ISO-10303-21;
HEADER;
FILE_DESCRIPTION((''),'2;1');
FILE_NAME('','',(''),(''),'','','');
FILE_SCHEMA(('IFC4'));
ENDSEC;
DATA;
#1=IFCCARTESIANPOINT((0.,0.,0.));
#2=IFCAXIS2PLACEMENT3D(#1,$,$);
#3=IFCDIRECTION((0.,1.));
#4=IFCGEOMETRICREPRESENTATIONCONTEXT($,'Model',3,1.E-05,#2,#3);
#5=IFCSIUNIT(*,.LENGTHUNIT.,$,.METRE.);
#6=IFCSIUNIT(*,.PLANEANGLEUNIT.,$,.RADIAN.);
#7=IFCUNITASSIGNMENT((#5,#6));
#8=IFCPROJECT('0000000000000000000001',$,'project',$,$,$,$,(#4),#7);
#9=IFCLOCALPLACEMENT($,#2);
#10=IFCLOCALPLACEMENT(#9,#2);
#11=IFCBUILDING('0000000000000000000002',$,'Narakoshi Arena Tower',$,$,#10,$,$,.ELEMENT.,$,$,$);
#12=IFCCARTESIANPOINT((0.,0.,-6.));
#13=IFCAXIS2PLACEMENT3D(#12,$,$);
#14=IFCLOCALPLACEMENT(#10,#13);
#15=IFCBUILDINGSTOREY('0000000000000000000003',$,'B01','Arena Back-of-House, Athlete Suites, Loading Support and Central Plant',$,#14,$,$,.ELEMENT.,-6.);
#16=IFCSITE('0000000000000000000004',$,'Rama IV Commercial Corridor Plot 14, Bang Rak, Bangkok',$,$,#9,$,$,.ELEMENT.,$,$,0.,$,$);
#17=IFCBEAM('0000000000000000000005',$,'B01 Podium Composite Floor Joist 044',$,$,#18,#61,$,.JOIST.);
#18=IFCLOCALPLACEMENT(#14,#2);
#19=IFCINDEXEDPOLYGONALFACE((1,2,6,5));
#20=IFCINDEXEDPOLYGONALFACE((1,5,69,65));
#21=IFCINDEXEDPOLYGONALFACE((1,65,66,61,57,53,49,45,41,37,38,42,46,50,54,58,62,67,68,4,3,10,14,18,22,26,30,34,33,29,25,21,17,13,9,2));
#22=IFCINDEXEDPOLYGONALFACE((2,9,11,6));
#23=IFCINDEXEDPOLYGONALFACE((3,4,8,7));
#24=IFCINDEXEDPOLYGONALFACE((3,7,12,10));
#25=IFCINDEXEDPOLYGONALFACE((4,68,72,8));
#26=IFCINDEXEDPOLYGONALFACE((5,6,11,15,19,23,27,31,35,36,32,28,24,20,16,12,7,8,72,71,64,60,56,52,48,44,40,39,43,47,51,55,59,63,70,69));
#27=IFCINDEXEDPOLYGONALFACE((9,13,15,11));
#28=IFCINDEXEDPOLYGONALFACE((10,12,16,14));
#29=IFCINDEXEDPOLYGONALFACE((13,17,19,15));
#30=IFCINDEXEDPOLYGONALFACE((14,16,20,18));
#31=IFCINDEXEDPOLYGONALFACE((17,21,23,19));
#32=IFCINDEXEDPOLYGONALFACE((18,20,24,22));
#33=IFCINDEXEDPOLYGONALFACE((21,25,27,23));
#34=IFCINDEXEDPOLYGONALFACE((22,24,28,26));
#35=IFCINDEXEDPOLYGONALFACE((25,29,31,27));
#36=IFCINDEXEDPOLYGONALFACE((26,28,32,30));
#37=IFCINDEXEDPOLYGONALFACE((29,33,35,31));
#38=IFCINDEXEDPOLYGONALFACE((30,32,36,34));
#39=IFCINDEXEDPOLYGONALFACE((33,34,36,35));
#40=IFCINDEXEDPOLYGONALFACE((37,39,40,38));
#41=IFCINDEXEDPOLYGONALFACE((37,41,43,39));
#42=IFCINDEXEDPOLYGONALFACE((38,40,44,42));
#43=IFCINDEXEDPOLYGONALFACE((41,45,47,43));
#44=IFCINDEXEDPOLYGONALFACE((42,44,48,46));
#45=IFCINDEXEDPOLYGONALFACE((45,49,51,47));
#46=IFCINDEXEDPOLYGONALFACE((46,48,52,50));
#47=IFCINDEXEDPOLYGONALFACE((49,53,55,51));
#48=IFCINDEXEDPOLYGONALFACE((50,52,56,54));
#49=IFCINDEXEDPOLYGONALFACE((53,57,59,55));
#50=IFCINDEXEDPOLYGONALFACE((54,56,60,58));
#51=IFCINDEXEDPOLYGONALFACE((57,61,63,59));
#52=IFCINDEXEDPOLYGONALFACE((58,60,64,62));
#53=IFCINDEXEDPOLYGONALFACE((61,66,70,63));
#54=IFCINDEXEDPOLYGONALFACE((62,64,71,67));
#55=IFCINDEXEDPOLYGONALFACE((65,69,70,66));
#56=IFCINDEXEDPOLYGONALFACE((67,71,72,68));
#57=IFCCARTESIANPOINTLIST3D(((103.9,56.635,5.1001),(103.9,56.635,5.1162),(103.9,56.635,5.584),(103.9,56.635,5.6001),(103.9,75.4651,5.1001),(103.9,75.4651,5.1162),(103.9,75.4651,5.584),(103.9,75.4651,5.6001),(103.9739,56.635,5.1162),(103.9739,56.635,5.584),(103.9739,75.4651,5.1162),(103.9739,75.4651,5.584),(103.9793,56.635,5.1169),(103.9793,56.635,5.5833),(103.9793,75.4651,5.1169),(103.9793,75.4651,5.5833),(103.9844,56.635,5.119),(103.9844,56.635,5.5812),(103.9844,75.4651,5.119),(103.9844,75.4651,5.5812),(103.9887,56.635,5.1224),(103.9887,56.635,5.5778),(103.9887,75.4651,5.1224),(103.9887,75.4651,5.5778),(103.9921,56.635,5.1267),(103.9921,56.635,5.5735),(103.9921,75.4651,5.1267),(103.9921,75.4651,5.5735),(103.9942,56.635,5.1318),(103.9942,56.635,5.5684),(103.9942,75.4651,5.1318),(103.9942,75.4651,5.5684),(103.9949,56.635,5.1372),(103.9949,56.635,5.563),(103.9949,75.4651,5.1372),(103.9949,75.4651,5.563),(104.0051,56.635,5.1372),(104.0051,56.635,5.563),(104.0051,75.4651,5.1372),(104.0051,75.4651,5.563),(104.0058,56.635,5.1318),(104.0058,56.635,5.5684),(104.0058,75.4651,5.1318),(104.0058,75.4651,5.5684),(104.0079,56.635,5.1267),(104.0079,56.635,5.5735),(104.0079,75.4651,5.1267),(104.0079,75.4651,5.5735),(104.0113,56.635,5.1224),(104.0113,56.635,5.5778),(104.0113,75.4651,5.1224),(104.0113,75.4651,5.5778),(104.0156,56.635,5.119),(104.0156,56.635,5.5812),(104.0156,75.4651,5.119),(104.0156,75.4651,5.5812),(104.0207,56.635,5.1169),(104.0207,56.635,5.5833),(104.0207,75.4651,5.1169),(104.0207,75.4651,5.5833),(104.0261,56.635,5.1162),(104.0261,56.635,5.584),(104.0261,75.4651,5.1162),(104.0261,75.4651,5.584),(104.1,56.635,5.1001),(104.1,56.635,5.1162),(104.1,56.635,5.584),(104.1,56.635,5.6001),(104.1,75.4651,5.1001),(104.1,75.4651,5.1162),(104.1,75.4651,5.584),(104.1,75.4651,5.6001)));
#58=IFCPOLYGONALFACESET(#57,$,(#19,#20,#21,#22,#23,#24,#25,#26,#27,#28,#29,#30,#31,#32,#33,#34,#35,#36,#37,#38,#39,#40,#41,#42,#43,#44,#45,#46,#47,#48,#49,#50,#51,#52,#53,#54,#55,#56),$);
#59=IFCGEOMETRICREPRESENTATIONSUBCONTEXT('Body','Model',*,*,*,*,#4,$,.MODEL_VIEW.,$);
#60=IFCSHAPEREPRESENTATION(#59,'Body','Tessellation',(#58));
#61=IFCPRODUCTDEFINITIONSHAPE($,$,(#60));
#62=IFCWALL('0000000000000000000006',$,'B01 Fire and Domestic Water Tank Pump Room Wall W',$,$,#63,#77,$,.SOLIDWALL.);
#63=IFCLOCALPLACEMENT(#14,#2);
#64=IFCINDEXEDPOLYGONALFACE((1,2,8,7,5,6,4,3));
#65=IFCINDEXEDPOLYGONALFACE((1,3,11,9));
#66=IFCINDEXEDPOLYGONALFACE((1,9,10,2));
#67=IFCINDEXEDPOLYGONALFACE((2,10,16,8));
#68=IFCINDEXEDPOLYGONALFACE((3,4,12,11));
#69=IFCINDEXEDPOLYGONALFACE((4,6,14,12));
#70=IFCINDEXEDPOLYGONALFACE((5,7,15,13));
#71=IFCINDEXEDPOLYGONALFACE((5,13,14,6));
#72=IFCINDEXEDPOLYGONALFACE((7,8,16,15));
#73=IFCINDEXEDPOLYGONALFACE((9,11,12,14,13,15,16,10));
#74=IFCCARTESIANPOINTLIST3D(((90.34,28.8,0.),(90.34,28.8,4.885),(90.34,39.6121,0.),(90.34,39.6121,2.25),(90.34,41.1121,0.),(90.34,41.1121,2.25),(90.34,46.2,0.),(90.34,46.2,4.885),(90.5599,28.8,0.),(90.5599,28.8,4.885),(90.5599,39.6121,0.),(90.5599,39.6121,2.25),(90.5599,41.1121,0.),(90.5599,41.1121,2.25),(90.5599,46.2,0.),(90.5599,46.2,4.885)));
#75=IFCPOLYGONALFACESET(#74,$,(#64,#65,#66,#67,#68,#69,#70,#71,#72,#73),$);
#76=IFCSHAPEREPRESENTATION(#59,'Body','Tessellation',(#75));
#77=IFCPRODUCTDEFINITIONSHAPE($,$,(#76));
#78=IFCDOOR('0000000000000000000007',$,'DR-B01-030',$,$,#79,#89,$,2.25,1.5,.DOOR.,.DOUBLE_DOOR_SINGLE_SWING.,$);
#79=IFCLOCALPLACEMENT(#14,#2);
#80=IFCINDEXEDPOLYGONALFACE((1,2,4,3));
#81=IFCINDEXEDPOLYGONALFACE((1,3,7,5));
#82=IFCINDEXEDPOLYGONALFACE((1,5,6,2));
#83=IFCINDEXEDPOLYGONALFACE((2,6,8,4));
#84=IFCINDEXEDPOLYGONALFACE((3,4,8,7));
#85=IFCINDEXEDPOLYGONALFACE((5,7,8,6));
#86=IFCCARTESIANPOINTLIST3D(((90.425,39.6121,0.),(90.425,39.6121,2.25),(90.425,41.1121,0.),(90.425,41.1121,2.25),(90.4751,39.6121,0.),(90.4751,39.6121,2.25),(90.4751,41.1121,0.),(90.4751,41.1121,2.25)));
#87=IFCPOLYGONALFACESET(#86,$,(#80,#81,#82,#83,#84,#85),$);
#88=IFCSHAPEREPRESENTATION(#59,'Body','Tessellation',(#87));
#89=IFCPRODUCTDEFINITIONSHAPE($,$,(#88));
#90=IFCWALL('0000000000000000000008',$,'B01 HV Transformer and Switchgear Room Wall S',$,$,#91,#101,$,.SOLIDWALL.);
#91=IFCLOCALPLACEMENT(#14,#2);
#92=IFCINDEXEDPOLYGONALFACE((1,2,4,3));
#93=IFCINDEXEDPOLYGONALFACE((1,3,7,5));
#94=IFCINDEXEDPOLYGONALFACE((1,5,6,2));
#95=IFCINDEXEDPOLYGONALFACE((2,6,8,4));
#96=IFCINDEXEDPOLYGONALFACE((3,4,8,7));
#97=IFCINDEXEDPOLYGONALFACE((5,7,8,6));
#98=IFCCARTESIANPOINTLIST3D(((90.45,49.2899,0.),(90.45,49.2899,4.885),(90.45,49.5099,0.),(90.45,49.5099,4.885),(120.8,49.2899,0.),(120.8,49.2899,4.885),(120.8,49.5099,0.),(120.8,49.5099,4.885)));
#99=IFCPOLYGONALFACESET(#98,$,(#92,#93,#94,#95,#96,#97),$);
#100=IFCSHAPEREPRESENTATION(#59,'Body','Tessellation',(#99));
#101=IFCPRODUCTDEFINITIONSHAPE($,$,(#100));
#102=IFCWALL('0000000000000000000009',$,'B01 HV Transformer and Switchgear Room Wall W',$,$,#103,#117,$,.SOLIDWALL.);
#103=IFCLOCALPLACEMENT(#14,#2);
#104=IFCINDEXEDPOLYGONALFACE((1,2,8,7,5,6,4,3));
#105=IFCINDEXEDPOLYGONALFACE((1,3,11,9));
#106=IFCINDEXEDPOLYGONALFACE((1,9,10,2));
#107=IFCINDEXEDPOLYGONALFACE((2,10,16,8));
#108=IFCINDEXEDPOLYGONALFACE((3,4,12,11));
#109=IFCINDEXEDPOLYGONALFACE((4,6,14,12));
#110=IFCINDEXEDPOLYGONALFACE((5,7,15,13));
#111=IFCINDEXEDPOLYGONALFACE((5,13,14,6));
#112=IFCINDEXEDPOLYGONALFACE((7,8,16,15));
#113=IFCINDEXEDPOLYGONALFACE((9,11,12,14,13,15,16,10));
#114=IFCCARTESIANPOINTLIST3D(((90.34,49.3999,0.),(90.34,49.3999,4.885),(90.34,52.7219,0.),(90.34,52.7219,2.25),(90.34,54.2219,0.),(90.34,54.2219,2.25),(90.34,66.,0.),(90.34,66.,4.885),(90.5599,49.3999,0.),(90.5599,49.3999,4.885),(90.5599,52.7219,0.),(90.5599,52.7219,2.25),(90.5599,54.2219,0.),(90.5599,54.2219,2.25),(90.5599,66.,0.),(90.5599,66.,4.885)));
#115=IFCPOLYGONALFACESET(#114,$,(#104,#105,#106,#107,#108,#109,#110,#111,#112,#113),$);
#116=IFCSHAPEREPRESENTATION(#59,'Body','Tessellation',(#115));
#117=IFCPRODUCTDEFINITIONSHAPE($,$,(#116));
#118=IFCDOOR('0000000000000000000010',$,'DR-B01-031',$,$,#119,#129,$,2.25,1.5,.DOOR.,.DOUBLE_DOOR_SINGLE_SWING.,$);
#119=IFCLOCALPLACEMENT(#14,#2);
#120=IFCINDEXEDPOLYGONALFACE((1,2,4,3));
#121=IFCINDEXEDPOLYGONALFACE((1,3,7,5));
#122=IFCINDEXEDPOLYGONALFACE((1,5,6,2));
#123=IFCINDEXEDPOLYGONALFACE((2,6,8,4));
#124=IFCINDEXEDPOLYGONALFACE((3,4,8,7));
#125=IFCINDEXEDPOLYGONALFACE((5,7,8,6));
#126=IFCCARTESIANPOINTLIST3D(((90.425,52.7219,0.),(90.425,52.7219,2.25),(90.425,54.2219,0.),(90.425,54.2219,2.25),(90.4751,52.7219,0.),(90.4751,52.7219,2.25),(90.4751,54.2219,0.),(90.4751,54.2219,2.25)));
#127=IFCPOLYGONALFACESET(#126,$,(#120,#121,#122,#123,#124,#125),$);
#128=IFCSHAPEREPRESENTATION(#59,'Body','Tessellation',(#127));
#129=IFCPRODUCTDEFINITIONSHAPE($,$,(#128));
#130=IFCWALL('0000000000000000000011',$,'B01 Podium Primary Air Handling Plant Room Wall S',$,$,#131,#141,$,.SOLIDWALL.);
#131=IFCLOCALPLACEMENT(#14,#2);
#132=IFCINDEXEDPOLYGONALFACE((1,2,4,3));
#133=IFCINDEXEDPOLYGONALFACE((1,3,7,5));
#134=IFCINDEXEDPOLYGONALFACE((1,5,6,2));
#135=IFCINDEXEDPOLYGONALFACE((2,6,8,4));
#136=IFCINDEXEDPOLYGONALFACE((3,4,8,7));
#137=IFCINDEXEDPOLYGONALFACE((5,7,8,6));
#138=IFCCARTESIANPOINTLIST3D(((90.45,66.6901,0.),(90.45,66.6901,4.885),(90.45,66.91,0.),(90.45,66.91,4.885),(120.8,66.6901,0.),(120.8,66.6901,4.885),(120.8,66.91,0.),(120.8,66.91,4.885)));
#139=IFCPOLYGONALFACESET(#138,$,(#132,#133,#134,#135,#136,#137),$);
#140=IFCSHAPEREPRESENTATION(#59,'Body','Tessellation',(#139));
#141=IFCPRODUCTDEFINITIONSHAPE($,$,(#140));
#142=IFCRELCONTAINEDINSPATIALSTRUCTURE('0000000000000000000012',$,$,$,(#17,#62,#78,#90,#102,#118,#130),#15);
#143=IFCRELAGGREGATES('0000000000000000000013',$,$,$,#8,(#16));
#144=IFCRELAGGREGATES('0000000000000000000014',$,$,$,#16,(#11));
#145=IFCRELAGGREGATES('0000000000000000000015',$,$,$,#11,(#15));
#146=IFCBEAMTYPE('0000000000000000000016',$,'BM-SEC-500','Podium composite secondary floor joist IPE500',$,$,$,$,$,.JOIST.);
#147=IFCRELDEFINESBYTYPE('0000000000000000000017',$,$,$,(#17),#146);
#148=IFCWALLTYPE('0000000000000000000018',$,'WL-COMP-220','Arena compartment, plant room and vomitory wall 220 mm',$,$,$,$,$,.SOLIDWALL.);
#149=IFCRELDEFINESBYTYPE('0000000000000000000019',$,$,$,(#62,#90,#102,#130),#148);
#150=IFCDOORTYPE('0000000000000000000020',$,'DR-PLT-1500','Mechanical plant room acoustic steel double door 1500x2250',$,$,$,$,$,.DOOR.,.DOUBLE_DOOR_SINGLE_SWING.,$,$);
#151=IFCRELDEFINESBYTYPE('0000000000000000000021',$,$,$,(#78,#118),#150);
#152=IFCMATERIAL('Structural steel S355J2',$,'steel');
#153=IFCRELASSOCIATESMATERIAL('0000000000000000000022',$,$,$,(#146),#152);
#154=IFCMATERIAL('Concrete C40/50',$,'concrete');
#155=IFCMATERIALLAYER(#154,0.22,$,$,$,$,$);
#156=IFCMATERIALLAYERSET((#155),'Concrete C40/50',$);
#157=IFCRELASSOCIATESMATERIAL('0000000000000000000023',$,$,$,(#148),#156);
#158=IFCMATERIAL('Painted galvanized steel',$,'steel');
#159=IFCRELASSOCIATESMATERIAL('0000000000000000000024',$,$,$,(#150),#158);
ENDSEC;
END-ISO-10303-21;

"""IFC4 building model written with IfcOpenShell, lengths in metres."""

from ifc_helpers import new_model, si_unit, direction, frame, frame_2d, origin, origin_2d, place, context, subcontext, project, spatial, rectangle, i_section, extrude, material, layer, layer_set, material_profile, profile_set, type_object, element, fill, save


model = new_model("IFC4")

# Units and contexts
model_context = context("Model", 3, precision=1e-05, world=origin(), true_north=direction((0.0, 1.0)))
body_context = subcontext(model_context, "Body", "Model", "MODEL_VIEW")
ifc_project = project(units=[si_unit("LENGTHUNIT", "METRE"), si_unit("PLANEANGLEUNIT", "RADIAN")], contexts=[model_context])

# Site, building, storey
site_placement = place(None, origin())
site = spatial("IfcSite", under=ifc_project, at=site_placement, Name="Rama IV Commercial Corridor Plot 14, Bang Rak, Bangkok", CompositionType="ELEMENT", RefElevation=0.0)
building_placement = place(site_placement, origin())
building = spatial("IfcBuilding", under=site, at=building_placement, Name="Narakoshi Arena Tower", CompositionType="ELEMENT")
storey_placement = place(building_placement, frame((0.0, 0.0, -6.0)))
storey = spatial("IfcBuildingStorey", under=building, at=storey_placement, Name="B01", Description="Arena Back-of-House, Athlete Suites, Loading Support and Central Plant", CompositionType="ELEMENT", Elevation=-6.0)

# Beam
ifc_material_1 = material(Name="Structural steel S355J2", Category="steel")
ifc_material_profile_1 = material_profile(ifc_material_1, i_section(OverallWidth=0.2, OverallDepth=0.5, WebThickness=0.0103, FlangeThickness=0.0161, FilletRadius=0.021, at=origin_2d()), Name="IPE500")
ifc_profile_set_1 = profile_set([ifc_material_profile_1], Name="Structural steel S355J2")
beam_type_1 = type_object("IfcBeamType", Name="BM-SEC-500", Description="Podium composite secondary floor joist IPE500", PredefinedType="JOIST", material=ifc_profile_set_1)
beam_1_placement = place(storey_placement, frame((104.0, 56.635, 5.3501), z_axis=(0.0, 1.0, 0.0), x_axis=(-1.0, 0.0, 0.0)))
element("IfcBeam", 1, at=beam_1_placement, inside=storey, type_object=beam_type_1, Name="B01 Podium Composite Floor Joist 044", PredefinedType="JOIST", context=body_context, shape_type="SweptSolid", body=[
    extrude(i_section(OverallWidth=0.2, OverallDepth=0.5, WebThickness=0.0103, FlangeThickness=0.0161, FilletRadius=0.021, at=origin_2d()), origin(), (0.0, 0.0, 1.0), 18.8301),
])

# Wall, opening, door
ifc_material_2 = material(Name="Concrete C40/50", Category="concrete")
ifc_layer = layer(ifc_material_2, 0.22)
ifc_layer_set = layer_set([ifc_layer], Name="Concrete C40/50")
wall_type = type_object("IfcWallType", Name="WL-COMP-220", Description="Arena compartment, plant room and vomitory wall 220 mm", PredefinedType="SOLIDWALL", material=ifc_layer_set)
wall_1_placement = place(storey_placement, frame((90.45, 46.2, 0.0), z_axis=(0.0, 0.0, 1.0), x_axis=(0.0, -1.0, 0.0)))
wall_1 = element("IfcWall", 2, at=wall_1_placement, inside=storey, type_object=wall_type, Name="B01 Fire and Domestic Water Tank Pump Room Wall W", PredefinedType="SOLIDWALL", context=body_context, shape_type="SweptSolid", body=[
    extrude(rectangle(XDim=17.3999, YDim=0.22, at=frame_2d((8.7, 0.0))), origin(), (0.0, 0.0, 1.0), 4.885),
])
opening_1_placement = place(wall_1_placement, frame((5.0879, 0.0, 0.0)))
opening_1 = element("IfcOpeningElement", 3, at=opening_1_placement, cuts=wall_1, PredefinedType="OPENING", context=body_context, shape_type="SweptSolid", body=[
    extrude(rectangle(XDim=1.5, YDim=2.25, at=frame_2d((0.75, 1.125))), frame((0.0, 0.1199, 0.0), z_axis=(0.0, -1.0, 0.0), x_axis=(1.0, 0.0, 0.0)), (0.0, 0.0, 1.0), 0.24),
])
ifc_material_3 = material(Name="Painted galvanized steel", Category="steel")
door_type = type_object("IfcDoorType", Name="DR-PLT-1500", Description="Mechanical plant room acoustic steel double door 1500x2250", OperationType="DOUBLE_DOOR_SINGLE_SWING", PredefinedType="DOOR", material=ifc_material_3)
door_1_placement = place(opening_1_placement, frame((1.5, 0.0, 0.0), z_axis=(0.0, 0.0, 1.0), x_axis=(-1.0, 0.0, 0.0)))
door_1 = element("IfcDoor", 4, at=door_1_placement, inside=storey, type_object=door_type, Name="DR-B01-030", OperationType="DOUBLE_DOOR_SINGLE_SWING", OverallHeight=2.25, OverallWidth=1.5, PredefinedType="DOOR", context=body_context, shape_type="SweptSolid", body=[
    extrude(rectangle(XDim=1.5, YDim=2.25, at=frame_2d((0.75, 1.125))), frame((0.0, 0.0249, 0.0), z_axis=(0.0, -1.0, 0.0), x_axis=(1.0, 0.0, 0.0)), (0.0, 0.0, 1.0), 0.05),
])
fill(opening_1, door_1)

# Wall
wall_2_placement = place(storey_placement, frame((90.45, 49.3999, 0.0), z_axis=(0.0, 0.0, 1.0), x_axis=(1.0, 0.0, 0.0)))
element("IfcWall", 5, at=wall_2_placement, inside=storey, type_object=wall_type, Name="B01 HV Transformer and Switchgear Room Wall S", PredefinedType="SOLIDWALL", context=body_context, shape_type="SweptSolid", body=[
    extrude(rectangle(XDim=30.3501, YDim=0.22, at=frame_2d((15.175, 0.0))), origin(), (0.0, 0.0, 1.0), 4.885),
])

# Wall, opening, door
wall_3_placement = place(storey_placement, frame((90.45, 66.0, 0.0), z_axis=(0.0, 0.0, 1.0), x_axis=(0.0, -1.0, 0.0)))
wall_3 = element("IfcWall", 6, at=wall_3_placement, inside=storey, type_object=wall_type, Name="B01 HV Transformer and Switchgear Room Wall W", PredefinedType="SOLIDWALL", context=body_context, shape_type="SweptSolid", body=[
    extrude(rectangle(XDim=16.6001, YDim=0.22, at=frame_2d((8.3, 0.0))), origin(), (0.0, 0.0, 1.0), 4.885),
])
opening_2_placement = place(wall_3_placement, frame((11.7781, 0.0, 0.0)))
opening_2 = element("IfcOpeningElement", 7, at=opening_2_placement, cuts=wall_3, PredefinedType="OPENING", context=body_context, shape_type="SweptSolid", body=[
    extrude(rectangle(XDim=1.5, YDim=2.25, at=frame_2d((0.75, 1.125))), frame((0.0, 0.1199, 0.0), z_axis=(0.0, -1.0, 0.0), x_axis=(1.0, 0.0, 0.0)), (0.0, 0.0, 1.0), 0.24),
])
door_2_placement = place(opening_2_placement, frame((1.5, 0.0, 0.0), z_axis=(0.0, 0.0, 1.0), x_axis=(-1.0, 0.0, 0.0)))
door_2 = element("IfcDoor", 8, at=door_2_placement, inside=storey, type_object=door_type, Name="DR-B01-031", OperationType="DOUBLE_DOOR_SINGLE_SWING", OverallHeight=2.25, OverallWidth=1.5, PredefinedType="DOOR", context=body_context, shape_type="SweptSolid", body=[
    extrude(rectangle(XDim=1.5, YDim=2.25, at=frame_2d((0.75, 1.125))), frame((0.0, 0.0249, 0.0), z_axis=(0.0, -1.0, 0.0), x_axis=(1.0, 0.0, 0.0)), (0.0, 0.0, 1.0), 0.05),
])
fill(opening_2, door_2)

# Wall
wall_4_placement = place(storey_placement, frame((90.45, 66.8, 0.0), z_axis=(0.0, 0.0, 1.0), x_axis=(1.0, 0.0, 0.0)))
element("IfcWall", 9, at=wall_4_placement, inside=storey, type_object=wall_type, Name="B01 Podium Primary Air Handling Plant Room Wall S", PredefinedType="SOLIDWALL", context=body_context, shape_type="SweptSolid", body=[
    extrude(rectangle(XDim=30.3501, YDim=0.22, at=frame_2d((15.175, 0.0))), origin(), (0.0, 0.0, 1.0), 4.885),
])

save(model, "model.ifc")
